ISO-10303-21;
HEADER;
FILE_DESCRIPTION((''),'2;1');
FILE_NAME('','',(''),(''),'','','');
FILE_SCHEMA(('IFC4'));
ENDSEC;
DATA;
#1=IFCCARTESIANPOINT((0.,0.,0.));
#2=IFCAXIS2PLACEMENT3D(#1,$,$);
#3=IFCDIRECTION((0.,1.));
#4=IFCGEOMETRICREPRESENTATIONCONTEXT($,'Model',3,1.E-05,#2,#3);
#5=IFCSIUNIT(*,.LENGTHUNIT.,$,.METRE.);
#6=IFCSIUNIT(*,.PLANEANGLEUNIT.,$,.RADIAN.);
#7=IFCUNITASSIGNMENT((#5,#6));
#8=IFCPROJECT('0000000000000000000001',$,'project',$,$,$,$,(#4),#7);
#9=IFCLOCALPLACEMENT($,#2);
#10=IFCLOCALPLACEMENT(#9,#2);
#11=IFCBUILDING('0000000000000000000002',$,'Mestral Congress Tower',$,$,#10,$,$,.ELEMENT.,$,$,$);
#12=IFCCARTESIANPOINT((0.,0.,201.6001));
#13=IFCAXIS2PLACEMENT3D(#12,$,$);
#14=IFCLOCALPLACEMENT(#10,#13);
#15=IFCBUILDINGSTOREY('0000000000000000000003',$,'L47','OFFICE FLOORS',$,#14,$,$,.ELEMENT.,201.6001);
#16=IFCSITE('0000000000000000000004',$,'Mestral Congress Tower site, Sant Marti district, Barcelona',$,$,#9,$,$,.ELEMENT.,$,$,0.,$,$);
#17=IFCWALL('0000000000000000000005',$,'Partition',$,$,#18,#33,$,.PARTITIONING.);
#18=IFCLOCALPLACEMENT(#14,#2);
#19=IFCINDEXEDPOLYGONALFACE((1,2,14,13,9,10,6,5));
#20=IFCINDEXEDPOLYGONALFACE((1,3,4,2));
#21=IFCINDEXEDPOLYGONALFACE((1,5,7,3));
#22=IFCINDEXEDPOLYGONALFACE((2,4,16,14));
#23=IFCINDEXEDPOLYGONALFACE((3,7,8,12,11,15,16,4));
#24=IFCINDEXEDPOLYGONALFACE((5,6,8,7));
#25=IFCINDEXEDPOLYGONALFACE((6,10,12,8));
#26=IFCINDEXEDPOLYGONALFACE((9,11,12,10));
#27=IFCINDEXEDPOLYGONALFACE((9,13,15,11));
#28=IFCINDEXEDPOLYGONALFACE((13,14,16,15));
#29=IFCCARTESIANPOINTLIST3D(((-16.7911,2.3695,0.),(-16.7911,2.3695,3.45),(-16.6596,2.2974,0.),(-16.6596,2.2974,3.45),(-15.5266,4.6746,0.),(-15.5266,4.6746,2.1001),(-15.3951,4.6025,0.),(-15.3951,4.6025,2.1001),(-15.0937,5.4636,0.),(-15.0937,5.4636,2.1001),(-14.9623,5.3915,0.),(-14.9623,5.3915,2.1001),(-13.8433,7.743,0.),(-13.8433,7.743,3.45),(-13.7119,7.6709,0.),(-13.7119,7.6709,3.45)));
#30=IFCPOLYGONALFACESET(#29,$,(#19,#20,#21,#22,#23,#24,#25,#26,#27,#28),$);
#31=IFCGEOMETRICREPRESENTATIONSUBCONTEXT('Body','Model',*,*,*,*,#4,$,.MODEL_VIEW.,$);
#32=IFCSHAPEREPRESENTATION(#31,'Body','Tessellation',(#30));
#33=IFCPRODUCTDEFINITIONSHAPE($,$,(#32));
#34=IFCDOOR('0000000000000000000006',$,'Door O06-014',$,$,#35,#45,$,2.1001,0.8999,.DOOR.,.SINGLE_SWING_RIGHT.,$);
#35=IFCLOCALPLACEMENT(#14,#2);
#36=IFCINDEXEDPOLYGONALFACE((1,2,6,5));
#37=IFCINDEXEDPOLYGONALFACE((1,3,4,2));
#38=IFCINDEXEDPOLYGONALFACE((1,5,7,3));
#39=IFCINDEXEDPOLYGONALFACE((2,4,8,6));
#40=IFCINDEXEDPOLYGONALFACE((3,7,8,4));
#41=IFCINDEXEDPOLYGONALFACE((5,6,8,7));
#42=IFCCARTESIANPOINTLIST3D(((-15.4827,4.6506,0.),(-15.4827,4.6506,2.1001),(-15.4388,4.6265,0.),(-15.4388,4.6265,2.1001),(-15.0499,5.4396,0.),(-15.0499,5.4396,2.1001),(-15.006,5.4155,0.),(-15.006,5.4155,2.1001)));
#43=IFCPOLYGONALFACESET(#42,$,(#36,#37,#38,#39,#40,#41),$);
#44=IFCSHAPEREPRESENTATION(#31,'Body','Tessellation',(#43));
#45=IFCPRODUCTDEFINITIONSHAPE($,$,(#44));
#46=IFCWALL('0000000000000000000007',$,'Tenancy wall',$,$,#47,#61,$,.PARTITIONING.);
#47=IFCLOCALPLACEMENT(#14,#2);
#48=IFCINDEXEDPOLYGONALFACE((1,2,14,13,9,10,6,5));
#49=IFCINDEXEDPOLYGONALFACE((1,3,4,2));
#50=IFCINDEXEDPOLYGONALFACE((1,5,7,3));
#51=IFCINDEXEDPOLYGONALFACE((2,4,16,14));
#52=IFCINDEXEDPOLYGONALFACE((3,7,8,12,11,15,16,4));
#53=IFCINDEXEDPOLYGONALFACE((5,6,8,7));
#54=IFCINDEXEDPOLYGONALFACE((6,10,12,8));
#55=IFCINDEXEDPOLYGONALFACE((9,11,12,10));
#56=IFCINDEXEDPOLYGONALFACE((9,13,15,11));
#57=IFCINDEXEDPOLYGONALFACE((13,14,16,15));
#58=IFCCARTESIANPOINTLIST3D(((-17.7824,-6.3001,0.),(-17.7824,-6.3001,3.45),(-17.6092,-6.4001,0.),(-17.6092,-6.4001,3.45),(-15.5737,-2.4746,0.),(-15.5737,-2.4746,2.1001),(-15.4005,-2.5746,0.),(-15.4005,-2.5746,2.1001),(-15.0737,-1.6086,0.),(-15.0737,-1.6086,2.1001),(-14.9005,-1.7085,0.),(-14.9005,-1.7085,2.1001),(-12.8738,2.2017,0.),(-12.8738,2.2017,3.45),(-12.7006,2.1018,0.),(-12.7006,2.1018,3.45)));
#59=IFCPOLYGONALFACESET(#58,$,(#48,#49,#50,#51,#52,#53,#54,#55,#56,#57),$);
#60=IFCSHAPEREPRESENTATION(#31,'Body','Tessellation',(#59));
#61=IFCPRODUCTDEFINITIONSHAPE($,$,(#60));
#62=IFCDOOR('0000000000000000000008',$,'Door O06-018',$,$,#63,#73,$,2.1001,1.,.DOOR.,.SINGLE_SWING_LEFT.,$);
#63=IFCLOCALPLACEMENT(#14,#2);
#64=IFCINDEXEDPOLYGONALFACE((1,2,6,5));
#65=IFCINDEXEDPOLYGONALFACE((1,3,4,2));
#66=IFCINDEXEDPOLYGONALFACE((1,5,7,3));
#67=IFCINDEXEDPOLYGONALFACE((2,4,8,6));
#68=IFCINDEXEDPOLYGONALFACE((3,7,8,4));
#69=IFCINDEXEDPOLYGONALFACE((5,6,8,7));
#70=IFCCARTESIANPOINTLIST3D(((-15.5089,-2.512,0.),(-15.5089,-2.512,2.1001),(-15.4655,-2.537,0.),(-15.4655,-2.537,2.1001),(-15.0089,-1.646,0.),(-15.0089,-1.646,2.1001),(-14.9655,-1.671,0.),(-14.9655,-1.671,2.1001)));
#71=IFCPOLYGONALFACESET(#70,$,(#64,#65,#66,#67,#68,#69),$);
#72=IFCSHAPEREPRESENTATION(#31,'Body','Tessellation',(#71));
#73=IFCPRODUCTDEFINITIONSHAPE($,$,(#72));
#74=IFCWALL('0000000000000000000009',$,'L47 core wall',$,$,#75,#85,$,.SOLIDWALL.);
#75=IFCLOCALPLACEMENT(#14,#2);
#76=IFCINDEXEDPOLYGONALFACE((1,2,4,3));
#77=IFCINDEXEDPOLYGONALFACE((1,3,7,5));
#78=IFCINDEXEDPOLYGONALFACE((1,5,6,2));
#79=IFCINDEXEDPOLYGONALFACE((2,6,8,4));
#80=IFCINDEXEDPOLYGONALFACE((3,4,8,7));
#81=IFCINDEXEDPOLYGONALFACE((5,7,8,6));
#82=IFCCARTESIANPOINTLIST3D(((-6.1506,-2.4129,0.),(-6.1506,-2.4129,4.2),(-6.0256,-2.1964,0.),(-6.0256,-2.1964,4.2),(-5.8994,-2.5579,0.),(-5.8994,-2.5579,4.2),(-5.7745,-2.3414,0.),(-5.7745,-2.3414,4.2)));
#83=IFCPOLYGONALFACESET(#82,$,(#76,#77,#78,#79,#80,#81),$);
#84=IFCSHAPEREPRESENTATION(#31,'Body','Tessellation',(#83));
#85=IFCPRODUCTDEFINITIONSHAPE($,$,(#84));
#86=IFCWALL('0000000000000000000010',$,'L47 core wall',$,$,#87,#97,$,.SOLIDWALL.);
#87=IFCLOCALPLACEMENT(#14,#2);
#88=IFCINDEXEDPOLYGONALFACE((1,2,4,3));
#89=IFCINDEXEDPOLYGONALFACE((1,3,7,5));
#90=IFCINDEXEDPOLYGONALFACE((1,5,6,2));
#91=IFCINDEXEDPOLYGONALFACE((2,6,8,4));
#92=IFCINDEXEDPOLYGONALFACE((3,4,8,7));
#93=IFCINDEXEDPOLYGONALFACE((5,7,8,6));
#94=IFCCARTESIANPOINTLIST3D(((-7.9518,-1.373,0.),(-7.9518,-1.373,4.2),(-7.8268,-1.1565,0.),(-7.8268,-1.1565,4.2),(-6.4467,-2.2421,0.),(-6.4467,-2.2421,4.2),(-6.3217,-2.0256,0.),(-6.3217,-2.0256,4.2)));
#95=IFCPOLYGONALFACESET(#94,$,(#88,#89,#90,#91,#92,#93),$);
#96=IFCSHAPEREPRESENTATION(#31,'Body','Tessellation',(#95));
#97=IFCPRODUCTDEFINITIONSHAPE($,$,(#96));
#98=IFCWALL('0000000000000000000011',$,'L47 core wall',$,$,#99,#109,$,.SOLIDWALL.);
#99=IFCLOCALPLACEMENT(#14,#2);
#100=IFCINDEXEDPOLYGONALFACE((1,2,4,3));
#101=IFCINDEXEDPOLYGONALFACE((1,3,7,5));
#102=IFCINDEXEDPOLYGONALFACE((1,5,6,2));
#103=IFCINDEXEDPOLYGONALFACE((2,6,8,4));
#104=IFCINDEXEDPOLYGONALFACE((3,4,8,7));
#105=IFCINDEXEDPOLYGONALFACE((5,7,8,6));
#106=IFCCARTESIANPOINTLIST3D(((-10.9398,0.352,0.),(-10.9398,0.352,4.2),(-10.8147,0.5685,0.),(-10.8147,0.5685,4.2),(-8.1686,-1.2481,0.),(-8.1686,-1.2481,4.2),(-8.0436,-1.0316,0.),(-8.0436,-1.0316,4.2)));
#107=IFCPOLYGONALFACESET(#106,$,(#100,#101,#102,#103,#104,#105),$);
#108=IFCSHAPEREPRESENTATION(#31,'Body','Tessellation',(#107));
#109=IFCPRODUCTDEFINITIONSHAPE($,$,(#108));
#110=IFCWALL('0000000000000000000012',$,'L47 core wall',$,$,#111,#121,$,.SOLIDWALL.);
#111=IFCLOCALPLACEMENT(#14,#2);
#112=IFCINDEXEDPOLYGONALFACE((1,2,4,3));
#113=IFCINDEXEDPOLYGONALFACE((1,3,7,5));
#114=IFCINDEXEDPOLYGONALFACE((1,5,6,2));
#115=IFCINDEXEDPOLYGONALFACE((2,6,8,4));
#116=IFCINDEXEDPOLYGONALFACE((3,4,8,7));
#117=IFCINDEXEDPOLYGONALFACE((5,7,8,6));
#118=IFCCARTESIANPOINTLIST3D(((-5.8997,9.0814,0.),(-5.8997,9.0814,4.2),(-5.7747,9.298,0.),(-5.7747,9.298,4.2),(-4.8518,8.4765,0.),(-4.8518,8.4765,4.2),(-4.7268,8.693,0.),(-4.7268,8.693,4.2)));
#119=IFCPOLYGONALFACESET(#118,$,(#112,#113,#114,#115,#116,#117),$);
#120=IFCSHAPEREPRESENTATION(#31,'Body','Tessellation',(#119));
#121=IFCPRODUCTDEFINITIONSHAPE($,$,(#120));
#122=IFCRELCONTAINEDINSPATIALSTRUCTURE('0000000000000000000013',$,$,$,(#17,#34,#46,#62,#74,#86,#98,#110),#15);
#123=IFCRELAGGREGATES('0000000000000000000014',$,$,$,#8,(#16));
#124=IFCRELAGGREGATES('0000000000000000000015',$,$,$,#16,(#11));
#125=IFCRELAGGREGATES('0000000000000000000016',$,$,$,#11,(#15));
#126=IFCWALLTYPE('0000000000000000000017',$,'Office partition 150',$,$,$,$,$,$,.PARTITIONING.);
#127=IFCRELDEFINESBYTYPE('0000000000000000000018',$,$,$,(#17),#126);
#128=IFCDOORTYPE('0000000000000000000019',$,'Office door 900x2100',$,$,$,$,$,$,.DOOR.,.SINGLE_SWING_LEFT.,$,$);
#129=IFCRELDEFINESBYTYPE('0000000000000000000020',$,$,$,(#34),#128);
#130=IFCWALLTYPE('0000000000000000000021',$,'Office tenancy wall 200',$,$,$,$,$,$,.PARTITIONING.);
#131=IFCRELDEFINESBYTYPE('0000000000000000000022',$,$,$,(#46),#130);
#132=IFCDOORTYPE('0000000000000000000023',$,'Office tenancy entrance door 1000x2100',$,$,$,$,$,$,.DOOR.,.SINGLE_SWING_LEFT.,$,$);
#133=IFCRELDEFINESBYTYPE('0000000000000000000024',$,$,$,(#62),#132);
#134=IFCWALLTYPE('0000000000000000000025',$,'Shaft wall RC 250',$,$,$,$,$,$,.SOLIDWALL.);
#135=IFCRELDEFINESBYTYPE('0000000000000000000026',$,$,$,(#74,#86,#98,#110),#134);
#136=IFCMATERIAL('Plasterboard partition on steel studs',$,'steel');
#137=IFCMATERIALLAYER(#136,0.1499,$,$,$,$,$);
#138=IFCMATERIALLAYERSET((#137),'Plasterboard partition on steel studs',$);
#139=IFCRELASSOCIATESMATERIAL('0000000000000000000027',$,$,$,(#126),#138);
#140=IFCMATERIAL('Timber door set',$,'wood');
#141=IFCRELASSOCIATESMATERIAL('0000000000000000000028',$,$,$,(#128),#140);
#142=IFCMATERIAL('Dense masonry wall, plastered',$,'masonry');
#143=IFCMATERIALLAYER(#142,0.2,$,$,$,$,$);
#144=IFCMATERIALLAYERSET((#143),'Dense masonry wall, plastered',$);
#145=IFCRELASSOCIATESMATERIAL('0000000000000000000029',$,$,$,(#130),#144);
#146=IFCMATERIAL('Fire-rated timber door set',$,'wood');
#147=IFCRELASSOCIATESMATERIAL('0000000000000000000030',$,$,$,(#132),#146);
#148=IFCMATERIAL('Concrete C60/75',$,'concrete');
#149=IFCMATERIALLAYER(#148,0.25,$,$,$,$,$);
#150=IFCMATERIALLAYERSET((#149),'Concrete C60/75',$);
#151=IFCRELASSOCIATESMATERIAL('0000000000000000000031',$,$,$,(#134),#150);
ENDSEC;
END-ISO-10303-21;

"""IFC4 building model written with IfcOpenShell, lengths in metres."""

from ifc_helpers import new_model, si_unit, direction, frame, frame_2d, origin, place, context, subcontext, project, spatial, rectangle, extrude, material, layer, layer_set, type_object, element, fill, save


model = new_model("IFC4")

# Units and contexts
model_context = context("Model", 3, precision=1e-05, world=origin(), true_north=direction((0.0, 1.0)))
body_context = subcontext(model_context, "Body", "Model", "MODEL_VIEW")
ifc_project = project(units=[si_unit("LENGTHUNIT", "METRE"), si_unit("PLANEANGLEUNIT", "RADIAN")], contexts=[model_context])

# Site, building, storey
site_placement = place(None, origin())
site = spatial("IfcSite", under=ifc_project, at=site_placement, Name="Mestral Congress Tower site, Sant Marti district, Barcelona", CompositionType="ELEMENT", RefElevation=0.0)
building_placement = place(site_placement, origin())
building = spatial("IfcBuilding", under=site, at=building_placement, Name="Mestral Congress Tower", CompositionType="ELEMENT")
storey_placement = place(building_placement, frame((0.0, 0.0, 201.6001)))
storey = spatial("IfcBuildingStorey", under=building, at=storey_placement, Name="L47", Description="OFFICE FLOORS", CompositionType="ELEMENT", Elevation=201.6001)

# Shared definitions
ifc_material_1 = material(Name="Concrete C60/75", Category="concrete")

# Shared definitions
ifc_material_2 = material(Name="Plasterboard partition on steel studs", Category="steel")
ifc_layer_1 = layer(ifc_material_2, 0.1499)
ifc_layer_set_1 = layer_set([ifc_layer_1], Name="Plasterboard partition on steel studs")
wall_type_1 = type_object("IfcWallType", Name="Office partition 150", PredefinedType="PARTITIONING", material=ifc_layer_set_1)

# Shared definitions
ifc_material_3 = material(Name="Timber door set", Category="wood")
door_type_1 = type_object("IfcDoorType", Name="Office door 900x2100", OperationType="SINGLE_SWING_LEFT", PredefinedType="DOOR", material=ifc_material_3)

# Walls, openings, doors
wall_1_placement = place(storey_placement, frame((-16.7253, 2.3335, 0.0), z_axis=(0.0, 0.0, 1.0), x_axis=(0.480955, 0.876745, 0.0)))
wall_1 = element("IfcWall", 1, at=wall_1_placement, inside=storey, type_object=wall_type_1, Name="Partition", PredefinedType="PARTITIONING", context=body_context, shape_type="SweptSolid", body=[
    extrude(rectangle(XDim=6.1289, YDim=0.1499, at=frame_2d((3.0645, 0.0))), origin(), (0.0, 0.0, 1.0), 3.45),
])
opening_1_placement = place(wall_1_placement, frame((2.6292, 0.0, 0.0)))
opening_1 = element("IfcOpeningElement", 2, at=opening_1_placement, cuts=wall_1, PredefinedType="OPENING", context=body_context, shape_type="SweptSolid", body=[
    extrude(rectangle(XDim=0.8999, YDim=2.1001, at=frame_2d((0.45, 1.05))), frame((0.0, 0.085, 0.0), z_axis=(0.0, -1.0, 0.0), x_axis=(1.0, 0.0, 0.0)), (0.0, 0.0, 1.0), 0.1699),
])
door_1_placement = place(opening_1_placement, origin())
door_1 = element("IfcDoor", 3, at=door_1_placement, inside=storey, type_object=door_type_1, Name="Door O06-014", OperationType="SINGLE_SWING_RIGHT", OverallHeight=2.1001, OverallWidth=0.8999, PredefinedType="DOOR", context=body_context, shape_type="SweptSolid", body=[
    extrude(rectangle(XDim=0.8999, YDim=2.1001, at=frame_2d((0.45, 1.05))), frame((0.0, 0.0249, 0.0), z_axis=(0.0, -1.0, 0.0), x_axis=(1.0, 0.0, 0.0)), (0.0, 0.0, 1.0), 0.05),
])
fill(opening_1, door_1)
ifc_material_4 = material(Name="Dense masonry wall, plastered", Category="masonry")
ifc_layer_2 = layer(ifc_material_4, 0.2)
ifc_layer_set_2 = layer_set([ifc_layer_2], Name="Dense masonry wall, plastered")
wall_type_2 = type_object("IfcWallType", Name="Office tenancy wall 200", PredefinedType="PARTITIONING", material=ifc_layer_set_2)
wall_2_placement = place(storey_placement, frame((-12.7871, 2.1519, 0.0), z_axis=(0.0, 0.0, 1.0), x_axis=(-0.500007, -0.866022, 0.0)))
wall_2 = element("IfcWall", 4, at=wall_2_placement, inside=storey, type_object=wall_type_2, Name="Tenancy wall", PredefinedType="PARTITIONING", context=body_context, shape_type="SweptSolid", body=[
    extrude(rectangle(XDim=9.8171, YDim=0.2, at=frame_2d((4.9087, 0.0))), origin(), (0.0, 0.0, 1.0), 3.45),
])
opening_2_placement = place(wall_2_placement, frame((4.3999, 0.0, 0.0)))
opening_2 = element("IfcOpeningElement", 5, at=opening_2_placement, cuts=wall_2, PredefinedType="OPENING", context=body_context, shape_type="SweptSolid", body=[
    extrude(rectangle(XDim=1.0, YDim=2.1001, at=frame_2d((0.5, 1.05))), frame((0.0, 0.1099, 0.0), z_axis=(0.0, -1.0, 0.0), x_axis=(1.0, 0.0, 0.0)), (0.0, 0.0, 1.0), 0.22),
])
ifc_material_5 = material(Name="Fire-rated timber door set", Category="wood")
door_type_2 = type_object("IfcDoorType", Name="Office tenancy entrance door 1000x2100", OperationType="SINGLE_SWING_LEFT", PredefinedType="DOOR", material=ifc_material_5)
door_2_placement = place(opening_2_placement, origin())
door_2 = element("IfcDoor", 6, at=door_2_placement, inside=storey, type_object=door_type_2, Name="Door O06-018", OperationType="SINGLE_SWING_LEFT", OverallHeight=2.1001, OverallWidth=1.0, PredefinedType="DOOR", context=body_context, shape_type="SweptSolid", body=[
    extrude(rectangle(XDim=1.0, YDim=2.1001, at=frame_2d((0.5, 1.05))), frame((0.0, 0.0249, 0.0), z_axis=(0.0, -1.0, 0.0), x_axis=(1.0, 0.0, 0.0)), (0.0, 0.0, 1.0), 0.05),
])
fill(opening_2, door_2)

# Walls
ifc_layer_3 = layer(ifc_material_1, 0.25)
ifc_layer_set_3 = layer_set([ifc_layer_3], Name="Concrete C60/75")
wall_type_3 = type_object("IfcWallType", Name="Shaft wall RC 250", PredefinedType="SOLIDWALL", material=ifc_layer_set_3)
wall_3_placement = place(storey_placement, frame((-6.0881, -2.3047, 0.0), z_axis=(0.0, 0.0, 1.0), x_axis=(0.866059, -0.499941, 0.0)))
element("IfcWall", 7, at=wall_3_placement, inside=storey, type_object=wall_type_3, Name="L47 core wall", PredefinedType="SOLIDWALL", context=body_context, shape_type="SweptSolid", body=[
    extrude(rectangle(XDim=0.29, YDim=0.25, at=frame_2d((0.145, 0.0))), origin(), (0.0, 0.0, 1.0), 4.2),
])
wall_4_placement = place(storey_placement, frame((-7.8894, -1.2646, 0.0), z_axis=(0.0, 0.0, 1.0), x_axis=(0.865987, -0.500067, 0.0)))
element("IfcWall", 8, at=wall_4_placement, inside=storey, type_object=wall_type_3, Name="L47 core wall", PredefinedType="SOLIDWALL", context=body_context, shape_type="SweptSolid", body=[
    extrude(rectangle(XDim=1.738, YDim=0.25, at=frame_2d((0.8691, 0.0))), origin(), (0.0, 0.0, 1.0), 4.2),
])
wall_5_placement = place(storey_placement, frame((-8.106, -1.1399, 0.0), z_axis=(0.0, 0.0, 1.0), x_axis=(-0.866009, 0.500028, 0.0)))
element("IfcWall", 9, at=wall_5_placement, inside=storey, type_object=wall_type_3, Name="L47 core wall", PredefinedType="SOLIDWALL", context=body_context, shape_type="SweptSolid", body=[
    extrude(rectangle(XDim=3.2, YDim=0.25, at=frame_2d((1.6001, 0.0))), origin(), (0.0, 0.0, 1.0), 4.2),
])
wall_6_placement = place(storey_placement, frame((-5.8372, 9.1897, 0.0), z_axis=(0.0, 0.0, 1.0), x_axis=(0.866024, -0.500002, 0.0)))
element("IfcWall", 10, at=wall_6_placement, inside=storey, type_object=wall_type_3, Name="L47 core wall", PredefinedType="SOLIDWALL", context=body_context, shape_type="SweptSolid", body=[
    extrude(rectangle(XDim=1.21, YDim=0.25, at=frame_2d((0.605, 0.0))), origin(), (0.0, 0.0, 1.0), 4.2),
])

save(model, "model.ifc")
